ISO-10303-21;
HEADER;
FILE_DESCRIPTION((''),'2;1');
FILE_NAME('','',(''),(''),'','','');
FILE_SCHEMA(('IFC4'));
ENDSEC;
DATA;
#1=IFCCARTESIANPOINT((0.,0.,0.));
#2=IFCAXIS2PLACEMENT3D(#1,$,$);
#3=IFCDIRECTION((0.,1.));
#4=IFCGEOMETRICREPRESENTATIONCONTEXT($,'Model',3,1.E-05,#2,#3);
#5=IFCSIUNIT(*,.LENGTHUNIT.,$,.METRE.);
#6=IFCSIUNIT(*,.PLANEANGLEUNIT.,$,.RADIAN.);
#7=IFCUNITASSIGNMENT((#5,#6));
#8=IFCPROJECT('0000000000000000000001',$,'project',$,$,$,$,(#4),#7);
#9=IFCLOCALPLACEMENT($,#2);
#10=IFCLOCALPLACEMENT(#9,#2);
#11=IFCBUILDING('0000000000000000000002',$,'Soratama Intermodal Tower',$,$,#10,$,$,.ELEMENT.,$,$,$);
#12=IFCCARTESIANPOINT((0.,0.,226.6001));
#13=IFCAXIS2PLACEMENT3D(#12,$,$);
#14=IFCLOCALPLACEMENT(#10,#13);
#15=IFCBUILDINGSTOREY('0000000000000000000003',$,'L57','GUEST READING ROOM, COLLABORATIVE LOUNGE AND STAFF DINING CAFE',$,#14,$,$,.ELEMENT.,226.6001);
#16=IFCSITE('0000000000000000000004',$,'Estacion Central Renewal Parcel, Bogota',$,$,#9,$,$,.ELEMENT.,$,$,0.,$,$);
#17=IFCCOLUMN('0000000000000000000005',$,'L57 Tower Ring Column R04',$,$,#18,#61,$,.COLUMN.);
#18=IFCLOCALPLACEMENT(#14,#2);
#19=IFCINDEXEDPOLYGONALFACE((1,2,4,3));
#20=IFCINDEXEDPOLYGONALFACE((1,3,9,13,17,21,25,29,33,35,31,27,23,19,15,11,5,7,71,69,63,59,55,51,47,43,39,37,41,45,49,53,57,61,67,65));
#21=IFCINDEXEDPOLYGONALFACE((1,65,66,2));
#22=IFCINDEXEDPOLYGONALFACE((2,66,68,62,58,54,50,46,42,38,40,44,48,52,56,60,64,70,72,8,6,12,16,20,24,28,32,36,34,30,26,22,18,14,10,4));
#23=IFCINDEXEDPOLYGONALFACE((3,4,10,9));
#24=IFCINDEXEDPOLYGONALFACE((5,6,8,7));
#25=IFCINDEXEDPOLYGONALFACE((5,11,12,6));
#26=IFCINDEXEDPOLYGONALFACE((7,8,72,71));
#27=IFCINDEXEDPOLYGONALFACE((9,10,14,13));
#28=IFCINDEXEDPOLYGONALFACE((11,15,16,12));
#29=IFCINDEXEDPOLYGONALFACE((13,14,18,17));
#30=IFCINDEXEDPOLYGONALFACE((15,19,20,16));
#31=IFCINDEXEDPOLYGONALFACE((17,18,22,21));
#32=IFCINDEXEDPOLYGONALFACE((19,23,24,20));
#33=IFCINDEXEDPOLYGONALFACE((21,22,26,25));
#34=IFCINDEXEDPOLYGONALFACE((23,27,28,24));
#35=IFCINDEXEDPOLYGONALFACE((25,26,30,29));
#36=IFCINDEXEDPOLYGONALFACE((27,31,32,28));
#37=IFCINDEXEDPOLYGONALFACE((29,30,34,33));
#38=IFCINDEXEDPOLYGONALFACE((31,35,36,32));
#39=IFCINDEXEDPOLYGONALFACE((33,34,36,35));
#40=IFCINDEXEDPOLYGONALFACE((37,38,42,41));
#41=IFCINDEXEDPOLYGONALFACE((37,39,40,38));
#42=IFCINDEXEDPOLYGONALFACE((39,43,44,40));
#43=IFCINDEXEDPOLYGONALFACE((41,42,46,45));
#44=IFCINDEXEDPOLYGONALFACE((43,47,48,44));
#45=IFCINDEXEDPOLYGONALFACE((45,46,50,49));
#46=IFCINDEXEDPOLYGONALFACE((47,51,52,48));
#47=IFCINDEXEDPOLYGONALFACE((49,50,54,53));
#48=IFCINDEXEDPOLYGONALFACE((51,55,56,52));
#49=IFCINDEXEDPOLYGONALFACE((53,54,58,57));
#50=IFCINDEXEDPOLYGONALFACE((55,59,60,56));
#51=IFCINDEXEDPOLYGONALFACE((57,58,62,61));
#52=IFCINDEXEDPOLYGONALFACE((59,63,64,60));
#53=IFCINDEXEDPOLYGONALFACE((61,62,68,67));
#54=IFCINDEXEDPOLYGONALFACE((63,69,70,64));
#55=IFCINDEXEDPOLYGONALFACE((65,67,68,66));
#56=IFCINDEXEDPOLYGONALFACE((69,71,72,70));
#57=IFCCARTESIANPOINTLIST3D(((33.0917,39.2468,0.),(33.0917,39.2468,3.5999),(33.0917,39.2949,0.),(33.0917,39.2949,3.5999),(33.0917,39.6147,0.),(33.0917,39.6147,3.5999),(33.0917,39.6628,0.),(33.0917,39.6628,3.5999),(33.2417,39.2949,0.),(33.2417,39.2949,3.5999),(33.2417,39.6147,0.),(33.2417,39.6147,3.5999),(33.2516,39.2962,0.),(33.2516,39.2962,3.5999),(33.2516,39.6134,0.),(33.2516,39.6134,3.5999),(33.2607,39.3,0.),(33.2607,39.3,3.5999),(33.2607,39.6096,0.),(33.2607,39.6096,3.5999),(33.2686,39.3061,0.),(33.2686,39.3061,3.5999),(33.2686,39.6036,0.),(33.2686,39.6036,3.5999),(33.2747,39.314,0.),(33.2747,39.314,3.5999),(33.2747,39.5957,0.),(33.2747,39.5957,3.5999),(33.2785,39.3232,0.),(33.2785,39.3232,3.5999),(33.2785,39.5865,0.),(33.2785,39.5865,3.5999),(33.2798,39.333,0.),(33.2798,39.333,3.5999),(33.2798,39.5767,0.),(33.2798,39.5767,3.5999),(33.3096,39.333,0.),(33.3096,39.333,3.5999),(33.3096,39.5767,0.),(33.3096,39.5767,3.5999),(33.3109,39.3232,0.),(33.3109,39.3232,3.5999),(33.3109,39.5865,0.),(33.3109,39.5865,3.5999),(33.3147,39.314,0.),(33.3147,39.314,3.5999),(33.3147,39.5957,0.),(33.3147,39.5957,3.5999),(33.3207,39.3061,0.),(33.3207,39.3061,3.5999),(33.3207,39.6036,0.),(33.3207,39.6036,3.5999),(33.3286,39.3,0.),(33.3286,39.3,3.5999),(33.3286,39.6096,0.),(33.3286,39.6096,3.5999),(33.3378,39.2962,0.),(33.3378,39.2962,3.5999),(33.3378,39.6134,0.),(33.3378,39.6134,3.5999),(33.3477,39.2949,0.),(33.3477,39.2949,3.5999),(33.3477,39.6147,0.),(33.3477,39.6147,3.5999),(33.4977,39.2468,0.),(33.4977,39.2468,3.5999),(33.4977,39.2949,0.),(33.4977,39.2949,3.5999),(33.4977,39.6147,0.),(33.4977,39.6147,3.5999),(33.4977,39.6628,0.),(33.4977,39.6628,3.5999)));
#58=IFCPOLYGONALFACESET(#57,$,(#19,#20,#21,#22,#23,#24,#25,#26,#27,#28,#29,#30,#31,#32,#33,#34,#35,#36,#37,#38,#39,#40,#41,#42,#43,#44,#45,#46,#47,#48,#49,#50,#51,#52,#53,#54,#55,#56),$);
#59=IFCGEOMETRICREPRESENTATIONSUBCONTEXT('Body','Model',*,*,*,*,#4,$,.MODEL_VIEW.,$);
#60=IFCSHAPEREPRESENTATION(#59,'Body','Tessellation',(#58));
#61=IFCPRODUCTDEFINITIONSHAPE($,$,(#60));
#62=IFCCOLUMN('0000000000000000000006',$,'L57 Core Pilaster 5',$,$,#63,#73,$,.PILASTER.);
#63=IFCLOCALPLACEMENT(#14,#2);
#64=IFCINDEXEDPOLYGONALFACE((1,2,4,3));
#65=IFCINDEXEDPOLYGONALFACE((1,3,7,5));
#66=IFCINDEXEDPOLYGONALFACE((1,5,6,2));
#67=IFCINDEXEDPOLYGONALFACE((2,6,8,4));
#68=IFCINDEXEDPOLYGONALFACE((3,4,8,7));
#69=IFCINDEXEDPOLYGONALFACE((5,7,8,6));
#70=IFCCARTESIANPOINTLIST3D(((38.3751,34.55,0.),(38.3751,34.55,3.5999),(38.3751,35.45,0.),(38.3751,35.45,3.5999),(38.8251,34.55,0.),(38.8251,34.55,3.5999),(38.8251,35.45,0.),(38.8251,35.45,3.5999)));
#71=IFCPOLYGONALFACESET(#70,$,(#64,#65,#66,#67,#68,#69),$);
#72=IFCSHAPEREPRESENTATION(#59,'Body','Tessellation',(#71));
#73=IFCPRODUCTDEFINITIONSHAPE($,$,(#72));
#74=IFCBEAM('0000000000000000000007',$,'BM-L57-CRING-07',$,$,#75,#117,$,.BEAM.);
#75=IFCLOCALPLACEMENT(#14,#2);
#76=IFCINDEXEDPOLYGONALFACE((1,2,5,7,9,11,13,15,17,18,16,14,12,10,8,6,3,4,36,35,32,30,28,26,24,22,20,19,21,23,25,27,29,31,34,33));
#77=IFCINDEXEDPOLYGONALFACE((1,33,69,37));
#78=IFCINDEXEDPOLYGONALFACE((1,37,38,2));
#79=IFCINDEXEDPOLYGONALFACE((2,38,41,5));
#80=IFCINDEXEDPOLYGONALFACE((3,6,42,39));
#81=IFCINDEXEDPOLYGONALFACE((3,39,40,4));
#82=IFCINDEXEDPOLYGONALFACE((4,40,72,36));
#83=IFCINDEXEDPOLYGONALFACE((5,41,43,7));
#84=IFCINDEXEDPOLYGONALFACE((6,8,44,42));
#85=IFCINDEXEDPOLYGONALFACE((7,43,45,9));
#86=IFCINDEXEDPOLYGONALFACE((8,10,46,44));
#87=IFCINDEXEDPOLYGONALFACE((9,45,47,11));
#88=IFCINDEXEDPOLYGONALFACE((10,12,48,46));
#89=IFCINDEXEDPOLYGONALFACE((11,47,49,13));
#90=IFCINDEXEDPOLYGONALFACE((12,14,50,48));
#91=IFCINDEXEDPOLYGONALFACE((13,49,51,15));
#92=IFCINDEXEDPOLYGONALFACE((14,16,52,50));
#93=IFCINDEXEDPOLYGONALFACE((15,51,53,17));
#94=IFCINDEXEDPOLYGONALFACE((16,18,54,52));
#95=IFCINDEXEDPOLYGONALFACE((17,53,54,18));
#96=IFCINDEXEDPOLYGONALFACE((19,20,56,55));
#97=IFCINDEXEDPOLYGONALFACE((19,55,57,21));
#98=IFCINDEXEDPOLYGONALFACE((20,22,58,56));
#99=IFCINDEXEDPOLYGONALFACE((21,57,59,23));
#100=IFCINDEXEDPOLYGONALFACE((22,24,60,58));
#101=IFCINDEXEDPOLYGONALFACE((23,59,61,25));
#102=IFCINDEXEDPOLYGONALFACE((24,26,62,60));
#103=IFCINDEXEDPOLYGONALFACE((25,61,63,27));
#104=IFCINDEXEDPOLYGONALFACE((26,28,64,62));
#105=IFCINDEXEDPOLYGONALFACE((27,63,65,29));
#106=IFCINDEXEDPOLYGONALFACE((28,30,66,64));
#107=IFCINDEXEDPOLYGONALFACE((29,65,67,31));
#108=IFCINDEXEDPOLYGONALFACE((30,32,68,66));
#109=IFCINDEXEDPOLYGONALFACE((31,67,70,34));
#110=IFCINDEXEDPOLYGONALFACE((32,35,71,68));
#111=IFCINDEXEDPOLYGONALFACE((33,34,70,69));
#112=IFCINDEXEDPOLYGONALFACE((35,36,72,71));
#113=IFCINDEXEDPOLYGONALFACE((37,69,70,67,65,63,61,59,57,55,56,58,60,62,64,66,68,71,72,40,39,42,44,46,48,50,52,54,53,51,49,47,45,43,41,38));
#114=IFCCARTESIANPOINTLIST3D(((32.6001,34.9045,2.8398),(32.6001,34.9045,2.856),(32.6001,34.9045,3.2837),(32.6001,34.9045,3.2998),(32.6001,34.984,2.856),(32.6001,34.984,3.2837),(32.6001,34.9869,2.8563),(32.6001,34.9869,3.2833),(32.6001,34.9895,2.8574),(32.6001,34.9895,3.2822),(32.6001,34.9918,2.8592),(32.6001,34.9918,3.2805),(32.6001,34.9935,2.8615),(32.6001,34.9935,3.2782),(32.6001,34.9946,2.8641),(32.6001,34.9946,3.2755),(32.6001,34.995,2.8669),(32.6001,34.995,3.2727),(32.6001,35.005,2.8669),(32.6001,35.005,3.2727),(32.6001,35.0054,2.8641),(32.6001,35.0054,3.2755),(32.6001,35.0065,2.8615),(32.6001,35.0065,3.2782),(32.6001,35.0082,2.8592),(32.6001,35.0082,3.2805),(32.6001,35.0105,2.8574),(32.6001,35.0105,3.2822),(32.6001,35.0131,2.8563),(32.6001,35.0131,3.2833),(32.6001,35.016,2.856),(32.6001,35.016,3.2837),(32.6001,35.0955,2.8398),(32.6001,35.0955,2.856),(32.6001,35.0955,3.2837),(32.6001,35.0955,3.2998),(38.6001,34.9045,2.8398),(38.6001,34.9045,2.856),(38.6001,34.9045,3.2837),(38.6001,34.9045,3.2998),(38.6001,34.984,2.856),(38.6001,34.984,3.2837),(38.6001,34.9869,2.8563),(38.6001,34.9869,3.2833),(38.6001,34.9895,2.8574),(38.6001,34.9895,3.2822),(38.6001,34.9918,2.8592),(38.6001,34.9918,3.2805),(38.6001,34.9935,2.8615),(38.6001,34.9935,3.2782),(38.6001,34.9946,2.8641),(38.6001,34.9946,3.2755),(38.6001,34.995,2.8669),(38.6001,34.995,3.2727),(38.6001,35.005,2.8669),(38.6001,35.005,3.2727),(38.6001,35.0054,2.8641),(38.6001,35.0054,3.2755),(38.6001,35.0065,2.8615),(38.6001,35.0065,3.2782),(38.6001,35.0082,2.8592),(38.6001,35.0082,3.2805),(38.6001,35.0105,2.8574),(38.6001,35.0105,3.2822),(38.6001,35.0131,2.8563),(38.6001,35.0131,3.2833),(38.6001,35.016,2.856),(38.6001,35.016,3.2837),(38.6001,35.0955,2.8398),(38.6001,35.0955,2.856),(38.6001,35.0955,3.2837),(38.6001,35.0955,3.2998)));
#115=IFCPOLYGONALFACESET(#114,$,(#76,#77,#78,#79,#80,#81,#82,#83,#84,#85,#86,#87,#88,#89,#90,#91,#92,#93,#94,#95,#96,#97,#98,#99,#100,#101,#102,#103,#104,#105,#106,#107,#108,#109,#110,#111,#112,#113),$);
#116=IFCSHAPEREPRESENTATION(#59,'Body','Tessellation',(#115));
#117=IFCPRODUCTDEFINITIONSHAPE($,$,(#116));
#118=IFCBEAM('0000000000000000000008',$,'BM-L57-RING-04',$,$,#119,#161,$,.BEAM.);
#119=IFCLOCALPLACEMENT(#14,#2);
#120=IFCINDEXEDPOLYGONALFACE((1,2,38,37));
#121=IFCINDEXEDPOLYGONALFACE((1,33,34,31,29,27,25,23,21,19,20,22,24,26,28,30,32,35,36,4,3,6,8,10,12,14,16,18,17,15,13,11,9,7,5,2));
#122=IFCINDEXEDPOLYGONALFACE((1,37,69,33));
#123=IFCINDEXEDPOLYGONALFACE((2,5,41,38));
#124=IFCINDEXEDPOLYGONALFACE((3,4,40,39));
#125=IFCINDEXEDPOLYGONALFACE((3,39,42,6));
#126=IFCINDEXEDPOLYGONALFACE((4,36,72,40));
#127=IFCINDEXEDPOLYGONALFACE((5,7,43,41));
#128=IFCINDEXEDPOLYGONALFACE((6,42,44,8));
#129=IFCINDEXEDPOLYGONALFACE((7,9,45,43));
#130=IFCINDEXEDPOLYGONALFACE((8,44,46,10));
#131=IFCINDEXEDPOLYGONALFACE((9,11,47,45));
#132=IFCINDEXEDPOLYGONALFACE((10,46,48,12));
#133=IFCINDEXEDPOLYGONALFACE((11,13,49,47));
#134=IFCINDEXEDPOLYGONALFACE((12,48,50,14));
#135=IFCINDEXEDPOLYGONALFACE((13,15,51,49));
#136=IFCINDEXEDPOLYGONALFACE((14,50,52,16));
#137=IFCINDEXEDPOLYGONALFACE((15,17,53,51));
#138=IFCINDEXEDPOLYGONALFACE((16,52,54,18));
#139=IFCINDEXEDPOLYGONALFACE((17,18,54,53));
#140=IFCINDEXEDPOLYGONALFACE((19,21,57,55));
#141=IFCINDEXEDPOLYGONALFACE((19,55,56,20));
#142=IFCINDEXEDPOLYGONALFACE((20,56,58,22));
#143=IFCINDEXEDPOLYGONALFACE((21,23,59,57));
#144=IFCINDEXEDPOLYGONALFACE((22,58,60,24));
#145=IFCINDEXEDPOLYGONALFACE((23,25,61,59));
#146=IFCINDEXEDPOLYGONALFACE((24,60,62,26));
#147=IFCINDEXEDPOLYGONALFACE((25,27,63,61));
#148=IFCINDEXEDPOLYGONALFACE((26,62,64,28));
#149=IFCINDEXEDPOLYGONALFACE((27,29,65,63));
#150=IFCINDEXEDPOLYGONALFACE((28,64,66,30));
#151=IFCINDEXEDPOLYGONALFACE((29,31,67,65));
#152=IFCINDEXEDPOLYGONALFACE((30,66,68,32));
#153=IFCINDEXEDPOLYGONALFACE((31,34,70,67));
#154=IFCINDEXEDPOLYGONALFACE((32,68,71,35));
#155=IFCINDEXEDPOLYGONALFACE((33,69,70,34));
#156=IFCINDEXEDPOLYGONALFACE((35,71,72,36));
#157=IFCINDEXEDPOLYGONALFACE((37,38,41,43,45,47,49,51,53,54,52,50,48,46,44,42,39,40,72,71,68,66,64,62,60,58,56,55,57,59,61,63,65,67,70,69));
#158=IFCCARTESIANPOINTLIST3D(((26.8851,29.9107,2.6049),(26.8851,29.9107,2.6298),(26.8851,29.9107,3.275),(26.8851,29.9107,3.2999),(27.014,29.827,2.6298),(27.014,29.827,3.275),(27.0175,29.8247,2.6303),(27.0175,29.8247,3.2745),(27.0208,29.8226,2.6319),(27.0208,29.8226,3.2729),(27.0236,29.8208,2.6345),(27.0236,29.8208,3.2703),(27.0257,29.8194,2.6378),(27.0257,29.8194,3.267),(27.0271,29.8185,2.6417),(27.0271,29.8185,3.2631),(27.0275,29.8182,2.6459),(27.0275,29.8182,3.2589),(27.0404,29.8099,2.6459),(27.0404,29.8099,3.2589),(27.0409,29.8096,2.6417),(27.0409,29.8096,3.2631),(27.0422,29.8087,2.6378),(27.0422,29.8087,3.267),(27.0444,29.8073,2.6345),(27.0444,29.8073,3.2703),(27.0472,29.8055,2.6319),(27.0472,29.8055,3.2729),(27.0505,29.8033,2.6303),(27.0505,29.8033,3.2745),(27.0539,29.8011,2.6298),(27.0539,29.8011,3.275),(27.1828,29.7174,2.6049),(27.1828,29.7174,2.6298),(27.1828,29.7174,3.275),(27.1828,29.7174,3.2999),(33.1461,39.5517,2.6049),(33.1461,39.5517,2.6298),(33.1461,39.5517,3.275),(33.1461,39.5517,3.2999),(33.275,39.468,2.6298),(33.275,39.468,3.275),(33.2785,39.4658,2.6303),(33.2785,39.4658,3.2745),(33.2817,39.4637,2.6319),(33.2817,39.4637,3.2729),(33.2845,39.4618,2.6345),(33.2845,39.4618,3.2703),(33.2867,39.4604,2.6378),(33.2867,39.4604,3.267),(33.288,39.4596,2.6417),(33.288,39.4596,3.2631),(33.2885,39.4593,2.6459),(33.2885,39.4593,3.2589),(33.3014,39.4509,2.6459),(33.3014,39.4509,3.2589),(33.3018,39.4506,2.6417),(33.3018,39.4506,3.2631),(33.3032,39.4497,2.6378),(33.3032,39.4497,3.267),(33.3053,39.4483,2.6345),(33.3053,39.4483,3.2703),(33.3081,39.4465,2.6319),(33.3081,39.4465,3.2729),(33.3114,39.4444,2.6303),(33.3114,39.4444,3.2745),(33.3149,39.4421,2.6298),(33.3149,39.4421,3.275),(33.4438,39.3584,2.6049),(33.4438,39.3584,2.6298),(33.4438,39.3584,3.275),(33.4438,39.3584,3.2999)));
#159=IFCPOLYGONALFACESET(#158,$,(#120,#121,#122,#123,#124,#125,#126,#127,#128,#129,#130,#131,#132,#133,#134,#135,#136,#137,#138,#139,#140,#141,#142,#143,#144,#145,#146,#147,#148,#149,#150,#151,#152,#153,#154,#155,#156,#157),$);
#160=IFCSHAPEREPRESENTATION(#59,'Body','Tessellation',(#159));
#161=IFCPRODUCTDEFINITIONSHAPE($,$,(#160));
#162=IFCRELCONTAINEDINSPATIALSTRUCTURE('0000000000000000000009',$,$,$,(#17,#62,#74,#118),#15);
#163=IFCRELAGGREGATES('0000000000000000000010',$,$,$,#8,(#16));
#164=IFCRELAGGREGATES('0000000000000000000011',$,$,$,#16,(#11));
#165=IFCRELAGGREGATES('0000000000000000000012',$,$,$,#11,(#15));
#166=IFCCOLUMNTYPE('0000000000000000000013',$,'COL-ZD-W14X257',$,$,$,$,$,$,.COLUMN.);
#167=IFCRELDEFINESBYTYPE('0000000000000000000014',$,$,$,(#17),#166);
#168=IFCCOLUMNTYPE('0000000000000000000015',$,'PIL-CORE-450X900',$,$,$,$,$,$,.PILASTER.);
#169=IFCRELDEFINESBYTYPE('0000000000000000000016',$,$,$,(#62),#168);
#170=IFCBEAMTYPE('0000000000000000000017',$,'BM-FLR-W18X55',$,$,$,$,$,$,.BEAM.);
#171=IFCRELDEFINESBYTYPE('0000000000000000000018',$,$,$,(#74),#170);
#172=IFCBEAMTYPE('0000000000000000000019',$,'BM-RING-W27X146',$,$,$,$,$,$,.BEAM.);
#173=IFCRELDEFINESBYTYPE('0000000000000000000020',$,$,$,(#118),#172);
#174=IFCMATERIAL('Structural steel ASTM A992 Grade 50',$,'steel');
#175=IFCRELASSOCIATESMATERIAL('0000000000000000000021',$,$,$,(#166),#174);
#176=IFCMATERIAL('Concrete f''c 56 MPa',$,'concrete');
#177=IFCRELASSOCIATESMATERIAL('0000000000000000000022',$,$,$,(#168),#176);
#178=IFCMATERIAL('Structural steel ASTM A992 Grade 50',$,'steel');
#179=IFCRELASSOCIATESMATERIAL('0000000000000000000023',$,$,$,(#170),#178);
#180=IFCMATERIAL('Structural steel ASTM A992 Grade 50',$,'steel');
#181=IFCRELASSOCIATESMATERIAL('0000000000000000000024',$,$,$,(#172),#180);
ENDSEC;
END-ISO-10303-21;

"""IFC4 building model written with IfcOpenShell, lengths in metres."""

from ifc_helpers import new_model, si_unit, direction, frame, origin, origin_2d, place, context, subcontext, project, spatial, rectangle, i_section, extrude, material, material_profile, profile_set, type_object, element, save


model = new_model("IFC4")

# Units and contexts
model_context = context("Model", 3, precision=1e-05, world=origin(), true_north=direction((0.0, 1.0)))
body_context = subcontext(model_context, "Body", "Model", "MODEL_VIEW")
ifc_project = project(units=[si_unit("LENGTHUNIT", "METRE"), si_unit("PLANEANGLEUNIT", "RADIAN")], contexts=[model_context])

# Site, building, storey
site_placement = place(None, origin())
site = spatial("IfcSite", under=ifc_project, at=site_placement, Name="Estacion Central Renewal Parcel, Bogota", CompositionType="ELEMENT", RefElevation=0.0)
building_placement = place(site_placement, origin())
building = spatial("IfcBuilding", under=site, at=building_placement, Name="Soratama Intermodal Tower", CompositionType="ELEMENT")
storey_placement = place(building_placement, frame((0.0, 0.0, 226.6001)))
storey = spatial("IfcBuildingStorey", under=building, at=storey_placement, Name="L57", Description="GUEST READING ROOM, COLLABORATIVE LOUNGE AND STAFF DINING CAFE", CompositionType="ELEMENT", Elevation=226.6001)

# Columns
ifc_material_1 = material(Name="Structural steel ASTM A992 Grade 50", Category="steel")
ifc_material_profile_1 = material_profile(ifc_material_1, i_section(OverallWidth=0.406, OverallDepth=0.416, WebThickness=0.0298, FlangeThickness=0.0481, FilletRadius=0.0381, at=origin_2d()), Name="W14X257")
ifc_profile_set_1 = profile_set([ifc_material_profile_1], Name="Structural steel ASTM A992 Grade 50")
column_type_1 = type_object("IfcColumnType", Name="COL-ZD-W14X257", PredefinedType="COLUMN", material=ifc_profile_set_1)
column_1_placement = place(storey_placement, frame((33.2947, 39.4548, 0.0), z_axis=(0.0, 0.0, 1.0), x_axis=(1.0, 0.0, 0.0)))
element("IfcColumn", 1, at=column_1_placement, inside=storey, type_object=column_type_1, Name="L57 Tower Ring Column R04", PredefinedType="COLUMN", context=body_context, shape_type="SweptSolid", body=[
    extrude(i_section(OverallWidth=0.406, OverallDepth=0.416, WebThickness=0.0298, FlangeThickness=0.0481, FilletRadius=0.0381, at=origin_2d()), origin(), (0.0, 0.0, 1.0), 3.5999),
])
ifc_material_2 = material(Name="Concrete f'c 56 MPa", Category="concrete")
ifc_material_profile_2 = material_profile(ifc_material_2, rectangle(XDim=0.45, YDim=0.8999, at=origin_2d()), Name="RC450X900")
ifc_profile_set_2 = profile_set([ifc_material_profile_2], Name="Concrete f'c 56 MPa")
column_type_2 = type_object("IfcColumnType", Name="PIL-CORE-450X900", PredefinedType="PILASTER", material=ifc_profile_set_2)
column_2_placement = place(storey_placement, frame((38.6001, 35.0, 0.0), z_axis=(0.0, 0.0, 1.0), x_axis=(1.0, 0.0, 0.0)))
element("IfcColumn", 2, at=column_2_placement, inside=storey, type_object=column_type_2, Name="L57 Core Pilaster 5", PredefinedType="PILASTER", context=body_context, shape_type="SweptSolid", body=[
    extrude(rectangle(XDim=0.45, YDim=0.8999, at=origin_2d()), origin(), (0.0, 0.0, 1.0), 3.5999),
])

# Beams
ifc_material_3 = material(Name="Structural steel ASTM A992 Grade 50", Category="steel")
ifc_material_profile_3 = material_profile(ifc_material_3, i_section(OverallWidth=0.1909, OverallDepth=0.46, WebThickness=0.01, FlangeThickness=0.0161, FilletRadius=0.011, at=origin_2d()), Name="W18X55")
ifc_profile_set_3 = profile_set([ifc_material_profile_3], Name="Structural steel ASTM A992 Grade 50")
beam_type_1 = type_object("IfcBeamType", Name="BM-FLR-W18X55", PredefinedType="BEAM", material=ifc_profile_set_3)
beam_1_placement = place(storey_placement, frame((38.6001, 35.0, 3.0698), z_axis=(-1.0, 0.0, 0.0), x_axis=(0.0, -1.0, 0.0)))
element("IfcBeam", 3, at=beam_1_placement, inside=storey, type_object=beam_type_1, Name="BM-L57-CRING-07", PredefinedType="BEAM", context=body_context, shape_type="SweptSolid", body=[
    extrude(i_section(OverallWidth=0.1909, OverallDepth=0.46, WebThickness=0.01, FlangeThickness=0.0161, FilletRadius=0.011, at=origin_2d()), origin(), (0.0, 0.0, 1.0), 6.0),
])
ifc_material_4 = material(Name="Structural steel ASTM A992 Grade 50", Category="steel")
ifc_material_profile_4 = material_profile(ifc_material_4, i_section(OverallWidth=0.355, OverallDepth=0.6951, WebThickness=0.0154, FlangeThickness=0.0249, FilletRadius=0.0161, at=origin_2d()), Name="W27X146")
ifc_profile_set_4 = profile_set([ifc_material_profile_4], Name="Structural steel ASTM A992 Grade 50")
beam_type_2 = type_object("IfcBeamType", Name="BM-RING-W27X146", PredefinedType="BEAM", material=ifc_profile_set_4)
beam_2_placement = place(storey_placement, frame((33.2949, 39.4551, 2.9524), z_axis=(-0.544637, -0.838672, 0.0), x_axis=(0.838672, -0.544637, 0.0)))
element("IfcBeam", 4, at=beam_2_placement, inside=storey, type_object=beam_type_2, Name="BM-L57-RING-04", PredefinedType="BEAM", context=body_context, shape_type="SweptSolid", body=[
    extrude(i_section(OverallWidth=0.355, OverallDepth=0.6951, WebThickness=0.0154, FlangeThickness=0.0249, FilletRadius=0.0161, at=origin_2d()), origin(), (0.0, 0.0, 1.0), 11.4956),
])

save(model, "model.ifc")
